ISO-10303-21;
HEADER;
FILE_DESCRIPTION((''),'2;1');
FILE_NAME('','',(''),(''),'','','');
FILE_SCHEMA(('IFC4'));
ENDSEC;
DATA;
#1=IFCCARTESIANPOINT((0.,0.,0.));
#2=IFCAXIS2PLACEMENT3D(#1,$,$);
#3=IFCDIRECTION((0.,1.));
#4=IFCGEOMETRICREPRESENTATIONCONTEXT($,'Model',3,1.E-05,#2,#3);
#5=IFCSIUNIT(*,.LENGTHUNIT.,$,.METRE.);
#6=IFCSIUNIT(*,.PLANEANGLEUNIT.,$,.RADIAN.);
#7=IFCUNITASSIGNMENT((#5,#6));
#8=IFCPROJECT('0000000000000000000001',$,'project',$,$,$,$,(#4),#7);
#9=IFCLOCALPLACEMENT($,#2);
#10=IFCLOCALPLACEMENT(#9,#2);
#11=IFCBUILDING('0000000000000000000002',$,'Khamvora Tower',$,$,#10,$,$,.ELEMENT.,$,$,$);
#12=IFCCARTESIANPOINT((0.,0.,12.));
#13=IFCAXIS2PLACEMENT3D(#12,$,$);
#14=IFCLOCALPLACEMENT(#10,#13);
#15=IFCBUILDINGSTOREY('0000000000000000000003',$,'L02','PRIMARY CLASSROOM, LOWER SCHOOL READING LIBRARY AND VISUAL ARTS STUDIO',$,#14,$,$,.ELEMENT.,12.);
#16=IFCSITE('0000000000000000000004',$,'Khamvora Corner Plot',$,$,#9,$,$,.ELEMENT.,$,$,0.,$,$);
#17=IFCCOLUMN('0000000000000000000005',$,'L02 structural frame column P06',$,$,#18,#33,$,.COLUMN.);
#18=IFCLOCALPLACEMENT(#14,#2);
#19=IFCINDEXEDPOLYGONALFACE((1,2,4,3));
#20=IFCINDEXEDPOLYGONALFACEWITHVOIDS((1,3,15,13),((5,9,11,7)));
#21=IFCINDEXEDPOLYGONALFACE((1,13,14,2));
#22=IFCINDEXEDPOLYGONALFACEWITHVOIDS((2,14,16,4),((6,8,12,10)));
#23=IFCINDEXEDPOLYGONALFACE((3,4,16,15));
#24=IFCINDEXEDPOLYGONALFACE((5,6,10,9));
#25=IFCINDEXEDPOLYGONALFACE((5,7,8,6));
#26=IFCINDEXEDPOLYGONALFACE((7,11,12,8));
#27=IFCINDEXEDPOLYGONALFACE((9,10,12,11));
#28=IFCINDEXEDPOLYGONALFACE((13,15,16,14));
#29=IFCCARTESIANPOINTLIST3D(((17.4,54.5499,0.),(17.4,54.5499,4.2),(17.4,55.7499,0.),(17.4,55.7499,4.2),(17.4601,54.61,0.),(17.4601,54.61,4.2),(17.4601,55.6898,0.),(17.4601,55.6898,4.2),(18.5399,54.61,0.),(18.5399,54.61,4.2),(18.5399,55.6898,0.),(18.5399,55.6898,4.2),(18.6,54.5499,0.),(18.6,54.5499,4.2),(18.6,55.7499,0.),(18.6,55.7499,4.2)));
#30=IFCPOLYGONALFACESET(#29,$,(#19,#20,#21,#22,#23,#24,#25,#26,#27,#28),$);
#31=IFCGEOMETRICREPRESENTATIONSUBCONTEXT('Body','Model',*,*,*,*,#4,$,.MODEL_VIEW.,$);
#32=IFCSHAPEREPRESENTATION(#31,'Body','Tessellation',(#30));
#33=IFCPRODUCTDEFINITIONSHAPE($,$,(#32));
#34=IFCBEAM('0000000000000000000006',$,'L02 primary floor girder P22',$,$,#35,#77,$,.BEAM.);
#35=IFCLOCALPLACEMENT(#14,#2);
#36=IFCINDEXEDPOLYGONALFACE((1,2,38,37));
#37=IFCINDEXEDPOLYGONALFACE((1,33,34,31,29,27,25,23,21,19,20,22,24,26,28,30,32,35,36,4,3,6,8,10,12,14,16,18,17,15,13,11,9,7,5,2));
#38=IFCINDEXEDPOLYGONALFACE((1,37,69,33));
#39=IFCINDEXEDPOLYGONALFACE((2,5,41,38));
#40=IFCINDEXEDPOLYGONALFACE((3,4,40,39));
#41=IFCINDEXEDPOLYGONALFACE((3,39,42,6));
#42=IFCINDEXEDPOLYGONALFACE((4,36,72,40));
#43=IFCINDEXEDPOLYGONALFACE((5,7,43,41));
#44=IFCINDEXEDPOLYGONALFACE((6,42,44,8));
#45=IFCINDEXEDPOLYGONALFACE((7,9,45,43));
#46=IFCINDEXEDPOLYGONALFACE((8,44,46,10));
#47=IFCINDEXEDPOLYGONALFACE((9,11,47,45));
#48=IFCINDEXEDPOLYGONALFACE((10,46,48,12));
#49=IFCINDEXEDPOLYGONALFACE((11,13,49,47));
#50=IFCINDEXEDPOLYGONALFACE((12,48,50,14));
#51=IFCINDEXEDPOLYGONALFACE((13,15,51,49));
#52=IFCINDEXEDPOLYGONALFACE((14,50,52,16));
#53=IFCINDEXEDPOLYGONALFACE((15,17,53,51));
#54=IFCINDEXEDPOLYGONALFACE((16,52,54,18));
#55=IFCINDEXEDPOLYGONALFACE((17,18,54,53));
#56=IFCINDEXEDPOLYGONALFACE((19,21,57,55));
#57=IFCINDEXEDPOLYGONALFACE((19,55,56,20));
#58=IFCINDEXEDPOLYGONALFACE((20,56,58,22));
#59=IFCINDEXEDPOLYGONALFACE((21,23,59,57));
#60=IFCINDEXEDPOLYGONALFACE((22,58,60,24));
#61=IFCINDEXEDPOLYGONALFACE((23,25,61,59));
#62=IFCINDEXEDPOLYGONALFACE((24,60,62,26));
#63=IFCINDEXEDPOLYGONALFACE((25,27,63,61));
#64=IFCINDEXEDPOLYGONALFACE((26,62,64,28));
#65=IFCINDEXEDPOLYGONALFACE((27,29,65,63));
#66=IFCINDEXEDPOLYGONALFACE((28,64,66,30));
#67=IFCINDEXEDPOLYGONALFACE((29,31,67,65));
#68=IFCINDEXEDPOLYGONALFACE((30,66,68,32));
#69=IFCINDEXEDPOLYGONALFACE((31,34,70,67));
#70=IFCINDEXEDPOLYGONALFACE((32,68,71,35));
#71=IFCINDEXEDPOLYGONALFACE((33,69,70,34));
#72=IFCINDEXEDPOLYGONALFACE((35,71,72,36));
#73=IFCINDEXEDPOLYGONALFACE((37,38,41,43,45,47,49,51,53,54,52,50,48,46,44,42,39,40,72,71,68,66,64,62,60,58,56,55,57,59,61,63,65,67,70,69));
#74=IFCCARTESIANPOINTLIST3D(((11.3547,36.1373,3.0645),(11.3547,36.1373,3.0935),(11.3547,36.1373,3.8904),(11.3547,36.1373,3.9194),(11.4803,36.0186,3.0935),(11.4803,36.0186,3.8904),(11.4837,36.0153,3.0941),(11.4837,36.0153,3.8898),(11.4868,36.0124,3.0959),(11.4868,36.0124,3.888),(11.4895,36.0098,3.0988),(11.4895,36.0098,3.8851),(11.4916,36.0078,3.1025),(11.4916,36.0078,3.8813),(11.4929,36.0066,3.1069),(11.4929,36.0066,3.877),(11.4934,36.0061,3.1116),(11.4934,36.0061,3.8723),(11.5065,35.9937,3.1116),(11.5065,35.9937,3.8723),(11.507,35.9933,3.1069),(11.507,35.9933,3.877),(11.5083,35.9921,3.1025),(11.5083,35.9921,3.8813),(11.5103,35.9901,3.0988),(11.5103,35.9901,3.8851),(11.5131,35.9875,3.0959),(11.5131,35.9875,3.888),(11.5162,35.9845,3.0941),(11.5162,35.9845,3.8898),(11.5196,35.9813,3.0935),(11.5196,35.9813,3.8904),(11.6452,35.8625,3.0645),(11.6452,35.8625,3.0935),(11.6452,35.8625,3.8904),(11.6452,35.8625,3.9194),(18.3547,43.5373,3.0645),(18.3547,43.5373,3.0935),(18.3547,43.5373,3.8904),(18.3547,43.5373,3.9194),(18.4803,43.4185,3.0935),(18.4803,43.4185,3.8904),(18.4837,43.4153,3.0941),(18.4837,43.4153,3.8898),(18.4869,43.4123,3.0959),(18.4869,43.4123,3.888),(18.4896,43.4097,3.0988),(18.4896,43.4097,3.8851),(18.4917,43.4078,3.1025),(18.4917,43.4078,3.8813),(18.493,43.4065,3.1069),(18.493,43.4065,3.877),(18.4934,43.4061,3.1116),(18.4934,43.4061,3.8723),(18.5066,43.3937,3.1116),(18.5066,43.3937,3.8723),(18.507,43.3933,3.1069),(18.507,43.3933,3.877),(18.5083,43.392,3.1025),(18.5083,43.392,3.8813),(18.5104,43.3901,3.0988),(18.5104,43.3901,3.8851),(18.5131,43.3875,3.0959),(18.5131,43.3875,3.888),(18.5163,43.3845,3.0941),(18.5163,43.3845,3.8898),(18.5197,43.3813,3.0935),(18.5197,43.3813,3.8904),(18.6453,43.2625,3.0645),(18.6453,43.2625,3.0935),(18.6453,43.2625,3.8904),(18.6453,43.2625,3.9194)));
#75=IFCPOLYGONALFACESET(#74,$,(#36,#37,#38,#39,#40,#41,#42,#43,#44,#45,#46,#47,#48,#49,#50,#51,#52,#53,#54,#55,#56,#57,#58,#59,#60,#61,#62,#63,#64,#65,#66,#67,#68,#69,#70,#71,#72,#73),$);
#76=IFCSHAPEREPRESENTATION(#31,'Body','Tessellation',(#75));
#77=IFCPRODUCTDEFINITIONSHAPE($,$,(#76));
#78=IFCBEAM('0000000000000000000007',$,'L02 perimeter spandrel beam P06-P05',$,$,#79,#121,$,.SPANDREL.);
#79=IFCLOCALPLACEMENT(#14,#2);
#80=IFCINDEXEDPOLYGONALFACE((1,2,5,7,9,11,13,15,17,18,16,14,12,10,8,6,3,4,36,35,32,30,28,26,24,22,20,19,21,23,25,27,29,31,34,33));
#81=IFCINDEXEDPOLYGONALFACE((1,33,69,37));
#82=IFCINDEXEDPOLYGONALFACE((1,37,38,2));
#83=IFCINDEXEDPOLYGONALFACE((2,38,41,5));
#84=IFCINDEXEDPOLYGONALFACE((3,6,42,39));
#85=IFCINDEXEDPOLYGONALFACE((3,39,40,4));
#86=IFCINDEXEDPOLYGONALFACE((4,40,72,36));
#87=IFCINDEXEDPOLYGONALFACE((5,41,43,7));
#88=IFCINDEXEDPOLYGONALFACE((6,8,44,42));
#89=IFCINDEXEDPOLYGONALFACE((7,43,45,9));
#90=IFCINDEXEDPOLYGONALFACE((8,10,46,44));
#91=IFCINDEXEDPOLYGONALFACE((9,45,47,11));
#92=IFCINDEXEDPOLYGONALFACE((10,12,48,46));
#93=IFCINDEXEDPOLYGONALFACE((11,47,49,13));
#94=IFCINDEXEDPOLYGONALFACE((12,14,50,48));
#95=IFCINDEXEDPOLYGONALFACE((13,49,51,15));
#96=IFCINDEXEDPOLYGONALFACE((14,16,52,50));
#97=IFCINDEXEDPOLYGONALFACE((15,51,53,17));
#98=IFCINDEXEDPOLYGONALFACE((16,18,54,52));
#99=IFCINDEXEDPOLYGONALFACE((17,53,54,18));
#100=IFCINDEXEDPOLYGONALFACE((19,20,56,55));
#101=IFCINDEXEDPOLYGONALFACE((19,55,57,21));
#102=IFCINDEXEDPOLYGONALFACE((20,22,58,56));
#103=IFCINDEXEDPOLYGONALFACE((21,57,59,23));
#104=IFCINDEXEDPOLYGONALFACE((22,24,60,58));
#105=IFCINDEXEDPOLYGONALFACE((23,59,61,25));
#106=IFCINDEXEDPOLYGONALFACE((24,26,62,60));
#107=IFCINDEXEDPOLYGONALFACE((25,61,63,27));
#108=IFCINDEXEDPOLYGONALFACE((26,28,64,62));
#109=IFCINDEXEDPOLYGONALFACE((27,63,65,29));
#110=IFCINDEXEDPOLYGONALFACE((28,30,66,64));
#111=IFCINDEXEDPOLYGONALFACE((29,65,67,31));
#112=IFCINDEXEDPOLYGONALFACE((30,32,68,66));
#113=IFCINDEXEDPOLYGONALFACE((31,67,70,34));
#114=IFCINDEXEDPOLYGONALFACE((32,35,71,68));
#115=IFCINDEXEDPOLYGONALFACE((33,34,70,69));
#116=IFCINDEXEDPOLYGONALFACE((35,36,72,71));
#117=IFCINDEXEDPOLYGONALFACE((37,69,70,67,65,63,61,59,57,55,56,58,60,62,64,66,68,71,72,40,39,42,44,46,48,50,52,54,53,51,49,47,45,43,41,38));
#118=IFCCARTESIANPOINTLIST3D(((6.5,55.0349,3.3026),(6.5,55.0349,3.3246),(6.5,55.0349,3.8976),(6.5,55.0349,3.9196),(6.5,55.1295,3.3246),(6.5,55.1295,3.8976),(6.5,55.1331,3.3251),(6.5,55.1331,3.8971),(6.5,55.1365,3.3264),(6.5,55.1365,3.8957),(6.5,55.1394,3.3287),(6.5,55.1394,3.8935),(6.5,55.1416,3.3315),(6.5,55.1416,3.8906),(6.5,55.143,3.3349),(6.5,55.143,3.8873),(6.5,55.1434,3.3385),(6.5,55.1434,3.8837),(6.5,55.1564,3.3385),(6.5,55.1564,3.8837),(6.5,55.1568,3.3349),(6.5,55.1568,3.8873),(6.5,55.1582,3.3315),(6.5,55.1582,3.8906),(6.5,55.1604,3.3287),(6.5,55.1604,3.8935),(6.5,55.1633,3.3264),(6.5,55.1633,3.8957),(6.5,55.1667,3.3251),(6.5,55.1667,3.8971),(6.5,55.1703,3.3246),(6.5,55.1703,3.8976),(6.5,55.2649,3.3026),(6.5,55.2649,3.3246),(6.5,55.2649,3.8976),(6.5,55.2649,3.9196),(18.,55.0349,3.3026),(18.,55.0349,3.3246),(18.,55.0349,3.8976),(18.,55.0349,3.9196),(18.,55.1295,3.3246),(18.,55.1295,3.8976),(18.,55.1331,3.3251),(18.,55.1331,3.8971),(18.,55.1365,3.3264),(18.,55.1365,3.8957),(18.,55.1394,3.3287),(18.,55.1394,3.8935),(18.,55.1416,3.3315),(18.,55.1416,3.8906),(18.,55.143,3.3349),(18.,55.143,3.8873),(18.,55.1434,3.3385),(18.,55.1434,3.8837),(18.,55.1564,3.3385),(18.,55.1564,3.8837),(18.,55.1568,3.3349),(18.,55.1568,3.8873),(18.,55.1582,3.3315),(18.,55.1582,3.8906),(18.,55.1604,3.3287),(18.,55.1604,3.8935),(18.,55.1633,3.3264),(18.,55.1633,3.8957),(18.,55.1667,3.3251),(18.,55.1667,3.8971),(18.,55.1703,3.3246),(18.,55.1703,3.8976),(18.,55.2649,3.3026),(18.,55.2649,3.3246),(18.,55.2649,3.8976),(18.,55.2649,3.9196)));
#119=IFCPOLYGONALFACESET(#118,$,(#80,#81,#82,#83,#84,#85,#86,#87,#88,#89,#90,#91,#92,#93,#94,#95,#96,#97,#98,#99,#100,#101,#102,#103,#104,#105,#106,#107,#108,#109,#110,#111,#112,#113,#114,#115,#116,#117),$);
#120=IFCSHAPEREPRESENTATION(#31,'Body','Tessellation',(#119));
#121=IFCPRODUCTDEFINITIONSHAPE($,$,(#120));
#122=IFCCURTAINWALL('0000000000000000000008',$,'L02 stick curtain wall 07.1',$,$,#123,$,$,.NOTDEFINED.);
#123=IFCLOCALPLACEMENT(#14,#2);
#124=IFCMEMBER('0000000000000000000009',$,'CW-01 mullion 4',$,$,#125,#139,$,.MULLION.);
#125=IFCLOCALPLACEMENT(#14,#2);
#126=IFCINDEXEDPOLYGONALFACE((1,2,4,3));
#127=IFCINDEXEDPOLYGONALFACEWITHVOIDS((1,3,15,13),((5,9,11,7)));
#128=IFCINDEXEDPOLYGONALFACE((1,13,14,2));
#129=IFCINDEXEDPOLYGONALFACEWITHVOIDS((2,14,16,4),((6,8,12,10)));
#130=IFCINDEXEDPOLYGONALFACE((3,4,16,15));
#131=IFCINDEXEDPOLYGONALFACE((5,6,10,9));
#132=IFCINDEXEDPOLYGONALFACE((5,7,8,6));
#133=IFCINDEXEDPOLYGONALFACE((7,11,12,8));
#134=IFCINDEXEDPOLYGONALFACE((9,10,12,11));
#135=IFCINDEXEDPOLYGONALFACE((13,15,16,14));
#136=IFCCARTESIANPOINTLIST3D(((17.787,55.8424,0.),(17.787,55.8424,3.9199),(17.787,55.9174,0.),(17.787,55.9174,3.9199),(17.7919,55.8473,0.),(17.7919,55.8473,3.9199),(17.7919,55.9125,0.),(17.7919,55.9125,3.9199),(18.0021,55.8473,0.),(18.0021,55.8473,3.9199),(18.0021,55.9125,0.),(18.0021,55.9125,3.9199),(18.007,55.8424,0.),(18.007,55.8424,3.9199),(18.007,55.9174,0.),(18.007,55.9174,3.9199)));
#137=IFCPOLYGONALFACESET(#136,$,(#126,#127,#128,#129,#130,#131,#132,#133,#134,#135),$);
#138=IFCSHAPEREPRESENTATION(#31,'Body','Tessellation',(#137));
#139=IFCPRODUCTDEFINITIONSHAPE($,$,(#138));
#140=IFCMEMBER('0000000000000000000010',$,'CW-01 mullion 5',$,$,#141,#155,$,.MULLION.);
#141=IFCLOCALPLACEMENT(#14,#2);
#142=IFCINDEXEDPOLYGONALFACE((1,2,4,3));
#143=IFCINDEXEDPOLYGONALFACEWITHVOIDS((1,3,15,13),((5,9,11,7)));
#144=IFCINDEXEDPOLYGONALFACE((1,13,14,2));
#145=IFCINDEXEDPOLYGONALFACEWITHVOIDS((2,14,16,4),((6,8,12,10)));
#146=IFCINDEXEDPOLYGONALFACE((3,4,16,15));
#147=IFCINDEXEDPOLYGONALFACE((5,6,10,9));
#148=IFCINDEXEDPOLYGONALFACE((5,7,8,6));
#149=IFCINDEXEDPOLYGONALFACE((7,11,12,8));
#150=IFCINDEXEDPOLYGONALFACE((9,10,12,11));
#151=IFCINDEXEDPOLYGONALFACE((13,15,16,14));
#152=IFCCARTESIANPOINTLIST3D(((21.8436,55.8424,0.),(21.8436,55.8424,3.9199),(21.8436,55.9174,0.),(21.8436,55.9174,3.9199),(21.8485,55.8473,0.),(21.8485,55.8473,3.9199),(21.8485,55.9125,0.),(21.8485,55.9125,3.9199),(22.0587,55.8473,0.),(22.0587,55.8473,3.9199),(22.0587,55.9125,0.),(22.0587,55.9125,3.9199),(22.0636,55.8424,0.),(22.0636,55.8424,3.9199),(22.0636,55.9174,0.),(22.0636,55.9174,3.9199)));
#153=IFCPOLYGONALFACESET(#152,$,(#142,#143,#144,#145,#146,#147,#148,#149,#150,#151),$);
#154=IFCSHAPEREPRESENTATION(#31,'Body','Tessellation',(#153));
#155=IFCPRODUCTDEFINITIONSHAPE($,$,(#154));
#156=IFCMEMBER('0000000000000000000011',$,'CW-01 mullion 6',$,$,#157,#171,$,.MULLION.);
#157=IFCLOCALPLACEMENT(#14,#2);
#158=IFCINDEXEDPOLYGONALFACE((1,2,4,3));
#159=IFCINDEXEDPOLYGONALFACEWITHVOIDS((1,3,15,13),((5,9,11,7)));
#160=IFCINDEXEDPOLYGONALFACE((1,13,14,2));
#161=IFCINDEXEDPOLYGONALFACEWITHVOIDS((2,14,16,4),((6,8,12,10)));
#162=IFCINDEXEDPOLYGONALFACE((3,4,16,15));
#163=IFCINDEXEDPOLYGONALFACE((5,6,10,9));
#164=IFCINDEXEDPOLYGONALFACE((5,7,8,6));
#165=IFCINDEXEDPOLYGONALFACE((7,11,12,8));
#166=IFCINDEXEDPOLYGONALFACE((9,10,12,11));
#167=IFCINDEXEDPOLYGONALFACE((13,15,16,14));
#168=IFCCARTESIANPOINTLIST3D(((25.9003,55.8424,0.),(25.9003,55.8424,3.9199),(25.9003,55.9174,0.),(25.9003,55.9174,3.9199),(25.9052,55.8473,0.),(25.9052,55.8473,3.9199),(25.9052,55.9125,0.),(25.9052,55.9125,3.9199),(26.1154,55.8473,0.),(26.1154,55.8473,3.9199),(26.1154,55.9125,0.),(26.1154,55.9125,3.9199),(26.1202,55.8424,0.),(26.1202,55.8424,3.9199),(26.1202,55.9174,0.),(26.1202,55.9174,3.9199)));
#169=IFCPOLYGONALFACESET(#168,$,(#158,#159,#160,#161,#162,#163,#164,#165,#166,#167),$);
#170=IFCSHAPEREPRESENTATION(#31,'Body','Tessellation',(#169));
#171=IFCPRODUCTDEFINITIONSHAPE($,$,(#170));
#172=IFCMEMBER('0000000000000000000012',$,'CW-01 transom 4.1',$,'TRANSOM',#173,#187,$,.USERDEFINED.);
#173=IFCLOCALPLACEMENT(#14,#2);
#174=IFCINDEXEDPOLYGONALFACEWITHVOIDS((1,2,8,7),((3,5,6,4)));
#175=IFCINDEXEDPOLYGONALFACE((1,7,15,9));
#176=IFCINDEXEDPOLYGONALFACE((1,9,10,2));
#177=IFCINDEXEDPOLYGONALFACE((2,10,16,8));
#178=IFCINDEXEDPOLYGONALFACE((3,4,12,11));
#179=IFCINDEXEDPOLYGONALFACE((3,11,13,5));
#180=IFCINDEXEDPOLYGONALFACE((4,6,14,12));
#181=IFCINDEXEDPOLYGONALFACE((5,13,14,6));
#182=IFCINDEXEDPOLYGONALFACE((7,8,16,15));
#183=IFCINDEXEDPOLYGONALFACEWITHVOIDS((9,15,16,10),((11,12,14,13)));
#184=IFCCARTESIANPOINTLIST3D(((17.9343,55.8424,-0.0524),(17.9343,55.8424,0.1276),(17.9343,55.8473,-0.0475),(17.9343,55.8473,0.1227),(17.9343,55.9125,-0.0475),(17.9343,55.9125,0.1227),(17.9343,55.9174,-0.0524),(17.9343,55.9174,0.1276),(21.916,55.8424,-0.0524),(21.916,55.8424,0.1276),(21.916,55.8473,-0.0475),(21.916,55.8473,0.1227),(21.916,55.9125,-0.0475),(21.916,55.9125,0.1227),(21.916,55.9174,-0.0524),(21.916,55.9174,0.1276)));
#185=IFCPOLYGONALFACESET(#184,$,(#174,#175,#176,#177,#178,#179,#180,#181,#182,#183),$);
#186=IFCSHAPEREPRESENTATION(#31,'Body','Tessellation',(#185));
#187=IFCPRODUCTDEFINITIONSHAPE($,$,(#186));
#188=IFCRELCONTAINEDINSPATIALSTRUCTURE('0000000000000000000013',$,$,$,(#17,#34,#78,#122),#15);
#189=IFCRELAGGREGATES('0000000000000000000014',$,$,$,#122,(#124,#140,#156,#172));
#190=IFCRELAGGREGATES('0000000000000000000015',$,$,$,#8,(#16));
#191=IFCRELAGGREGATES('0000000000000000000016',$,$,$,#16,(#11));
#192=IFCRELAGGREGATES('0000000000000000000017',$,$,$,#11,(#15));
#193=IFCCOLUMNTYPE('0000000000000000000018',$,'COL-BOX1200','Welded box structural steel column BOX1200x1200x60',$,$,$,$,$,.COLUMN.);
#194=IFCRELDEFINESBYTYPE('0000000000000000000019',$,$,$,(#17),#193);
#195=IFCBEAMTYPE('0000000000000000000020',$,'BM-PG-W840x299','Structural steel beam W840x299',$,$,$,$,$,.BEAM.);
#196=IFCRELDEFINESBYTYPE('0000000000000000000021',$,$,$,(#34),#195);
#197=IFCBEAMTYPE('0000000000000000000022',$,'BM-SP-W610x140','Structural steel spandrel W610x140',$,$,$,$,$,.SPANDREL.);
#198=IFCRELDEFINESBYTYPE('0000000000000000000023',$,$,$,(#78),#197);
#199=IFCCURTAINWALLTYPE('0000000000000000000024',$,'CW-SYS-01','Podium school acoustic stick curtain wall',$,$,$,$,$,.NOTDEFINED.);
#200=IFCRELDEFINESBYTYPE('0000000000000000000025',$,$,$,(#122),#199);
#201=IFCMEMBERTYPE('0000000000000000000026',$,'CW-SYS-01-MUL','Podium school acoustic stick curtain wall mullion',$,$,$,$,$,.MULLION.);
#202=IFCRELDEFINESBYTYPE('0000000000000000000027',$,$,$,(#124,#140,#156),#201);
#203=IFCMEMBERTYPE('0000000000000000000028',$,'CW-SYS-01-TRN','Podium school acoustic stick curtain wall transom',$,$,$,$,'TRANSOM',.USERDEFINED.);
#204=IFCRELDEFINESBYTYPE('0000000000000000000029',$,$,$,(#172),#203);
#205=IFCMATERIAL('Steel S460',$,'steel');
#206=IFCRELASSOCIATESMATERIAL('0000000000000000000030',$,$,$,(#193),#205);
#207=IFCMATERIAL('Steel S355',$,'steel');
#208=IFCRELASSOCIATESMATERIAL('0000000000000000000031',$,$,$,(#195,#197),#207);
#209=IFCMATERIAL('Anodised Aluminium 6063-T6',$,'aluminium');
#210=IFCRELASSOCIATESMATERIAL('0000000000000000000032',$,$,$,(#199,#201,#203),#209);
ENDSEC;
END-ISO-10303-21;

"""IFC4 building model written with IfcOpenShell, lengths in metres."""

from ifc_helpers import new_model, si_unit, direction, frame, origin, origin_2d, place, context, subcontext, project, spatial, hollow_rectangle, i_section, extrude, material, material_profile, profile_set, type_object, element, aggregate, save


model = new_model("IFC4")

# Units and contexts
model_context = context("Model", 3, precision=1e-05, world=origin(), true_north=direction((0.0, 1.0)))
body_context = subcontext(model_context, "Body", "Model", "MODEL_VIEW")
ifc_project = project(units=[si_unit("LENGTHUNIT", "METRE"), si_unit("PLANEANGLEUNIT", "RADIAN")], contexts=[model_context])

# Site, building, storey
site_placement = place(None, origin())
site = spatial("IfcSite", under=ifc_project, at=site_placement, Name="Khamvora Corner Plot", CompositionType="ELEMENT", RefElevation=0.0)
building_placement = place(site_placement, origin())
building = spatial("IfcBuilding", under=site, at=building_placement, Name="Khamvora Tower", CompositionType="ELEMENT")
storey_placement = place(building_placement, frame((0.0, 0.0, 12.0)))
storey = spatial("IfcBuildingStorey", under=building, at=storey_placement, Name="L02", Description="PRIMARY CLASSROOM, LOWER SCHOOL READING LIBRARY AND VISUAL ARTS STUDIO", CompositionType="ELEMENT", Elevation=12.0)

# Column
ifc_material_1 = material(Name="Steel S460", Category="steel")
ifc_material_profile_1 = material_profile(ifc_material_1, hollow_rectangle(XDim=1.2, YDim=1.2, WallThickness=0.0601, at=origin_2d()), Name="BOX1200x1200x60")
ifc_profile_set_1 = profile_set([ifc_material_profile_1], Name="Steel S460")
column_type = type_object("IfcColumnType", Name="COL-BOX1200", Description="Welded box structural steel column BOX1200x1200x60", PredefinedType="COLUMN", material=ifc_profile_set_1)
column_placement = place(storey_placement, frame((18.0, 55.1499, 0.0), z_axis=(0.0, 0.0, 1.0), x_axis=(1.0, 0.0, 0.0)))
element("IfcColumn", 1, at=column_placement, inside=storey, type_object=column_type, Name="L02 structural frame column P06", PredefinedType="COLUMN", context=body_context, shape_type="SweptSolid", body=[
    extrude(hollow_rectangle(XDim=1.2, YDim=1.2, WallThickness=0.0601, at=origin_2d()), origin(), (0.0, 0.0, 1.0), 4.2),
])

# Beams
ifc_material_2 = material(Name="Steel S355", Category="steel")
ifc_material_profile_2 = material_profile(ifc_material_2, i_section(OverallWidth=0.3999, OverallDepth=0.855, WebThickness=0.0181, FlangeThickness=0.0291, FilletRadius=0.0181, at=origin_2d()), Name="W840x299")
ifc_profile_set_2 = profile_set([ifc_material_profile_2], Name="Steel S355")
beam_type_1 = type_object("IfcBeamType", Name="BM-PG-W840x299", Description="Structural steel beam W840x299", PredefinedType="BEAM", material=ifc_profile_set_2)
beam_1_placement = place(storey_placement, frame((18.5, 43.3999, 3.4919), z_axis=(-0.687205, -0.726464, 0.0), x_axis=(0.726464, -0.687205, 0.0)))
element("IfcBeam", 2, at=beam_1_placement, inside=storey, type_object=beam_type_1, Name="L02 primary floor girder P22", PredefinedType="BEAM", context=body_context, shape_type="SweptSolid", body=[
    extrude(i_section(OverallWidth=0.3999, OverallDepth=0.855, WebThickness=0.0181, FlangeThickness=0.0291, FilletRadius=0.0181, at=origin_2d()), origin(), (0.0, 0.0, 1.0), 10.1863),
])
ifc_material_profile_3 = material_profile(ifc_material_2, i_section(OverallWidth=0.23, OverallDepth=0.6169, WebThickness=0.0129, FlangeThickness=0.022, FilletRadius=0.0139, at=origin_2d()), Name="W610x140")
ifc_profile_set_3 = profile_set([ifc_material_profile_3], Name="Steel S355")
beam_type_2 = type_object("IfcBeamType", Name="BM-SP-W610x140", Description="Structural steel spandrel W610x140", PredefinedType="SPANDREL", material=ifc_profile_set_3)
beam_2_placement = place(storey_placement, frame((18.0, 55.1499, 3.6111), z_axis=(-1.0, 0.0, 0.0), x_axis=(0.0, -1.0, 0.0)))
element("IfcBeam", 3, at=beam_2_placement, inside=storey, type_object=beam_type_2, Name="L02 perimeter spandrel beam P06-P05", PredefinedType="SPANDREL", context=body_context, shape_type="SweptSolid", body=[
    extrude(i_section(OverallWidth=0.23, OverallDepth=0.6169, WebThickness=0.0129, FlangeThickness=0.022, FilletRadius=0.0139, at=origin_2d()), origin(), (0.0, 0.0, 1.0), 11.5),
])

# Curtain wall, members
ifc_material_3 = material(Name="Anodised Aluminium 6063-T6", Category="aluminium")
curtain_wall_type = type_object("IfcCurtainWallType", Name="CW-SYS-01", Description="Podium school acoustic stick curtain wall", PredefinedType="NOTDEFINED", material=ifc_material_3)
curtain_wall_placement = place(storey_placement, origin())
curtain_wall = element("IfcCurtainWall", 4, at=curtain_wall_placement, inside=storey, type_object=curtain_wall_type, Name="L02 stick curtain wall 07.1", PredefinedType="NOTDEFINED")
ifc_material_profile_4 = material_profile(ifc_material_3, hollow_rectangle(XDim=0.075, YDim=0.22, WallThickness=0.0049, at=origin_2d()), Name="MUL75x220x5")
ifc_profile_set_4 = profile_set([ifc_material_profile_4], Name="Anodised Aluminium 6063-T6")
member_type_1 = type_object("IfcMemberType", Name="CW-SYS-01-MUL", Description="Podium school acoustic stick curtain wall mullion", PredefinedType="MULLION", material=ifc_profile_set_4)
member_1_placement = place(storey_placement, frame((17.897, 55.8799, 0.0), z_axis=(0.0, 0.0, 1.0), x_axis=(0.0, 1.0, 0.0)))
member_1 = element("IfcMember", 5, at=member_1_placement, type_object=member_type_1, Name="CW-01 mullion 4", PredefinedType="MULLION", context=body_context, shape_type="SweptSolid", body=[
    extrude(hollow_rectangle(XDim=0.075, YDim=0.22, WallThickness=0.0049, at=origin_2d()), origin(), (0.0, 0.0, 1.0), 3.9199),
])
member_2_placement = place(storey_placement, frame((21.9536, 55.8799, 0.0), z_axis=(0.0, 0.0, 1.0), x_axis=(0.0, 1.0, 0.0)))
member_2 = element("IfcMember", 6, at=member_2_placement, type_object=member_type_1, Name="CW-01 mullion 5", PredefinedType="MULLION", context=body_context, shape_type="SweptSolid", body=[
    extrude(hollow_rectangle(XDim=0.075, YDim=0.22, WallThickness=0.0049, at=origin_2d()), origin(), (0.0, 0.0, 1.0), 3.9199),
])
member_3_placement = place(storey_placement, frame((26.0103, 55.8799, 0.0), z_axis=(0.0, 0.0, 1.0), x_axis=(0.0, 1.0, 0.0)))
member_3 = element("IfcMember", 7, at=member_3_placement, type_object=member_type_1, Name="CW-01 mullion 6", PredefinedType="MULLION", context=body_context, shape_type="SweptSolid", body=[
    extrude(hollow_rectangle(XDim=0.075, YDim=0.22, WallThickness=0.0049, at=origin_2d()), origin(), (0.0, 0.0, 1.0), 3.9199),
])
ifc_material_profile_5 = material_profile(ifc_material_3, hollow_rectangle(XDim=0.075, YDim=0.1799, WallThickness=0.0049, at=origin_2d()), Name="TRN75x180x5")
ifc_profile_set_5 = profile_set([ifc_material_profile_5], Name="Anodised Aluminium 6063-T6")
member_type_2 = type_object("IfcMemberType", Name="CW-SYS-01-TRN", Description="Podium school acoustic stick curtain wall transom", ElementType="TRANSOM", PredefinedType="USERDEFINED", material=ifc_profile_set_5)
member_4_placement = place(storey_placement, frame((17.9343, 55.8799, 0.0376), z_axis=(1.0, 0.0, 0.0), x_axis=(0.0, 1.0, 0.0)))
member_4 = element("IfcMember", 8, at=member_4_placement, type_object=member_type_2, Name="CW-01 transom 4.1", ObjectType="TRANSOM", PredefinedType="USERDEFINED", context=body_context, shape_type="SweptSolid", body=[
    extrude(hollow_rectangle(XDim=0.075, YDim=0.1799, WallThickness=0.0049, at=origin_2d()), origin(), (0.0, 0.0, 1.0), 3.9817),
])
aggregate(curtain_wall, [member_1, member_2, member_3, member_4])

save(model, "model.ifc")
